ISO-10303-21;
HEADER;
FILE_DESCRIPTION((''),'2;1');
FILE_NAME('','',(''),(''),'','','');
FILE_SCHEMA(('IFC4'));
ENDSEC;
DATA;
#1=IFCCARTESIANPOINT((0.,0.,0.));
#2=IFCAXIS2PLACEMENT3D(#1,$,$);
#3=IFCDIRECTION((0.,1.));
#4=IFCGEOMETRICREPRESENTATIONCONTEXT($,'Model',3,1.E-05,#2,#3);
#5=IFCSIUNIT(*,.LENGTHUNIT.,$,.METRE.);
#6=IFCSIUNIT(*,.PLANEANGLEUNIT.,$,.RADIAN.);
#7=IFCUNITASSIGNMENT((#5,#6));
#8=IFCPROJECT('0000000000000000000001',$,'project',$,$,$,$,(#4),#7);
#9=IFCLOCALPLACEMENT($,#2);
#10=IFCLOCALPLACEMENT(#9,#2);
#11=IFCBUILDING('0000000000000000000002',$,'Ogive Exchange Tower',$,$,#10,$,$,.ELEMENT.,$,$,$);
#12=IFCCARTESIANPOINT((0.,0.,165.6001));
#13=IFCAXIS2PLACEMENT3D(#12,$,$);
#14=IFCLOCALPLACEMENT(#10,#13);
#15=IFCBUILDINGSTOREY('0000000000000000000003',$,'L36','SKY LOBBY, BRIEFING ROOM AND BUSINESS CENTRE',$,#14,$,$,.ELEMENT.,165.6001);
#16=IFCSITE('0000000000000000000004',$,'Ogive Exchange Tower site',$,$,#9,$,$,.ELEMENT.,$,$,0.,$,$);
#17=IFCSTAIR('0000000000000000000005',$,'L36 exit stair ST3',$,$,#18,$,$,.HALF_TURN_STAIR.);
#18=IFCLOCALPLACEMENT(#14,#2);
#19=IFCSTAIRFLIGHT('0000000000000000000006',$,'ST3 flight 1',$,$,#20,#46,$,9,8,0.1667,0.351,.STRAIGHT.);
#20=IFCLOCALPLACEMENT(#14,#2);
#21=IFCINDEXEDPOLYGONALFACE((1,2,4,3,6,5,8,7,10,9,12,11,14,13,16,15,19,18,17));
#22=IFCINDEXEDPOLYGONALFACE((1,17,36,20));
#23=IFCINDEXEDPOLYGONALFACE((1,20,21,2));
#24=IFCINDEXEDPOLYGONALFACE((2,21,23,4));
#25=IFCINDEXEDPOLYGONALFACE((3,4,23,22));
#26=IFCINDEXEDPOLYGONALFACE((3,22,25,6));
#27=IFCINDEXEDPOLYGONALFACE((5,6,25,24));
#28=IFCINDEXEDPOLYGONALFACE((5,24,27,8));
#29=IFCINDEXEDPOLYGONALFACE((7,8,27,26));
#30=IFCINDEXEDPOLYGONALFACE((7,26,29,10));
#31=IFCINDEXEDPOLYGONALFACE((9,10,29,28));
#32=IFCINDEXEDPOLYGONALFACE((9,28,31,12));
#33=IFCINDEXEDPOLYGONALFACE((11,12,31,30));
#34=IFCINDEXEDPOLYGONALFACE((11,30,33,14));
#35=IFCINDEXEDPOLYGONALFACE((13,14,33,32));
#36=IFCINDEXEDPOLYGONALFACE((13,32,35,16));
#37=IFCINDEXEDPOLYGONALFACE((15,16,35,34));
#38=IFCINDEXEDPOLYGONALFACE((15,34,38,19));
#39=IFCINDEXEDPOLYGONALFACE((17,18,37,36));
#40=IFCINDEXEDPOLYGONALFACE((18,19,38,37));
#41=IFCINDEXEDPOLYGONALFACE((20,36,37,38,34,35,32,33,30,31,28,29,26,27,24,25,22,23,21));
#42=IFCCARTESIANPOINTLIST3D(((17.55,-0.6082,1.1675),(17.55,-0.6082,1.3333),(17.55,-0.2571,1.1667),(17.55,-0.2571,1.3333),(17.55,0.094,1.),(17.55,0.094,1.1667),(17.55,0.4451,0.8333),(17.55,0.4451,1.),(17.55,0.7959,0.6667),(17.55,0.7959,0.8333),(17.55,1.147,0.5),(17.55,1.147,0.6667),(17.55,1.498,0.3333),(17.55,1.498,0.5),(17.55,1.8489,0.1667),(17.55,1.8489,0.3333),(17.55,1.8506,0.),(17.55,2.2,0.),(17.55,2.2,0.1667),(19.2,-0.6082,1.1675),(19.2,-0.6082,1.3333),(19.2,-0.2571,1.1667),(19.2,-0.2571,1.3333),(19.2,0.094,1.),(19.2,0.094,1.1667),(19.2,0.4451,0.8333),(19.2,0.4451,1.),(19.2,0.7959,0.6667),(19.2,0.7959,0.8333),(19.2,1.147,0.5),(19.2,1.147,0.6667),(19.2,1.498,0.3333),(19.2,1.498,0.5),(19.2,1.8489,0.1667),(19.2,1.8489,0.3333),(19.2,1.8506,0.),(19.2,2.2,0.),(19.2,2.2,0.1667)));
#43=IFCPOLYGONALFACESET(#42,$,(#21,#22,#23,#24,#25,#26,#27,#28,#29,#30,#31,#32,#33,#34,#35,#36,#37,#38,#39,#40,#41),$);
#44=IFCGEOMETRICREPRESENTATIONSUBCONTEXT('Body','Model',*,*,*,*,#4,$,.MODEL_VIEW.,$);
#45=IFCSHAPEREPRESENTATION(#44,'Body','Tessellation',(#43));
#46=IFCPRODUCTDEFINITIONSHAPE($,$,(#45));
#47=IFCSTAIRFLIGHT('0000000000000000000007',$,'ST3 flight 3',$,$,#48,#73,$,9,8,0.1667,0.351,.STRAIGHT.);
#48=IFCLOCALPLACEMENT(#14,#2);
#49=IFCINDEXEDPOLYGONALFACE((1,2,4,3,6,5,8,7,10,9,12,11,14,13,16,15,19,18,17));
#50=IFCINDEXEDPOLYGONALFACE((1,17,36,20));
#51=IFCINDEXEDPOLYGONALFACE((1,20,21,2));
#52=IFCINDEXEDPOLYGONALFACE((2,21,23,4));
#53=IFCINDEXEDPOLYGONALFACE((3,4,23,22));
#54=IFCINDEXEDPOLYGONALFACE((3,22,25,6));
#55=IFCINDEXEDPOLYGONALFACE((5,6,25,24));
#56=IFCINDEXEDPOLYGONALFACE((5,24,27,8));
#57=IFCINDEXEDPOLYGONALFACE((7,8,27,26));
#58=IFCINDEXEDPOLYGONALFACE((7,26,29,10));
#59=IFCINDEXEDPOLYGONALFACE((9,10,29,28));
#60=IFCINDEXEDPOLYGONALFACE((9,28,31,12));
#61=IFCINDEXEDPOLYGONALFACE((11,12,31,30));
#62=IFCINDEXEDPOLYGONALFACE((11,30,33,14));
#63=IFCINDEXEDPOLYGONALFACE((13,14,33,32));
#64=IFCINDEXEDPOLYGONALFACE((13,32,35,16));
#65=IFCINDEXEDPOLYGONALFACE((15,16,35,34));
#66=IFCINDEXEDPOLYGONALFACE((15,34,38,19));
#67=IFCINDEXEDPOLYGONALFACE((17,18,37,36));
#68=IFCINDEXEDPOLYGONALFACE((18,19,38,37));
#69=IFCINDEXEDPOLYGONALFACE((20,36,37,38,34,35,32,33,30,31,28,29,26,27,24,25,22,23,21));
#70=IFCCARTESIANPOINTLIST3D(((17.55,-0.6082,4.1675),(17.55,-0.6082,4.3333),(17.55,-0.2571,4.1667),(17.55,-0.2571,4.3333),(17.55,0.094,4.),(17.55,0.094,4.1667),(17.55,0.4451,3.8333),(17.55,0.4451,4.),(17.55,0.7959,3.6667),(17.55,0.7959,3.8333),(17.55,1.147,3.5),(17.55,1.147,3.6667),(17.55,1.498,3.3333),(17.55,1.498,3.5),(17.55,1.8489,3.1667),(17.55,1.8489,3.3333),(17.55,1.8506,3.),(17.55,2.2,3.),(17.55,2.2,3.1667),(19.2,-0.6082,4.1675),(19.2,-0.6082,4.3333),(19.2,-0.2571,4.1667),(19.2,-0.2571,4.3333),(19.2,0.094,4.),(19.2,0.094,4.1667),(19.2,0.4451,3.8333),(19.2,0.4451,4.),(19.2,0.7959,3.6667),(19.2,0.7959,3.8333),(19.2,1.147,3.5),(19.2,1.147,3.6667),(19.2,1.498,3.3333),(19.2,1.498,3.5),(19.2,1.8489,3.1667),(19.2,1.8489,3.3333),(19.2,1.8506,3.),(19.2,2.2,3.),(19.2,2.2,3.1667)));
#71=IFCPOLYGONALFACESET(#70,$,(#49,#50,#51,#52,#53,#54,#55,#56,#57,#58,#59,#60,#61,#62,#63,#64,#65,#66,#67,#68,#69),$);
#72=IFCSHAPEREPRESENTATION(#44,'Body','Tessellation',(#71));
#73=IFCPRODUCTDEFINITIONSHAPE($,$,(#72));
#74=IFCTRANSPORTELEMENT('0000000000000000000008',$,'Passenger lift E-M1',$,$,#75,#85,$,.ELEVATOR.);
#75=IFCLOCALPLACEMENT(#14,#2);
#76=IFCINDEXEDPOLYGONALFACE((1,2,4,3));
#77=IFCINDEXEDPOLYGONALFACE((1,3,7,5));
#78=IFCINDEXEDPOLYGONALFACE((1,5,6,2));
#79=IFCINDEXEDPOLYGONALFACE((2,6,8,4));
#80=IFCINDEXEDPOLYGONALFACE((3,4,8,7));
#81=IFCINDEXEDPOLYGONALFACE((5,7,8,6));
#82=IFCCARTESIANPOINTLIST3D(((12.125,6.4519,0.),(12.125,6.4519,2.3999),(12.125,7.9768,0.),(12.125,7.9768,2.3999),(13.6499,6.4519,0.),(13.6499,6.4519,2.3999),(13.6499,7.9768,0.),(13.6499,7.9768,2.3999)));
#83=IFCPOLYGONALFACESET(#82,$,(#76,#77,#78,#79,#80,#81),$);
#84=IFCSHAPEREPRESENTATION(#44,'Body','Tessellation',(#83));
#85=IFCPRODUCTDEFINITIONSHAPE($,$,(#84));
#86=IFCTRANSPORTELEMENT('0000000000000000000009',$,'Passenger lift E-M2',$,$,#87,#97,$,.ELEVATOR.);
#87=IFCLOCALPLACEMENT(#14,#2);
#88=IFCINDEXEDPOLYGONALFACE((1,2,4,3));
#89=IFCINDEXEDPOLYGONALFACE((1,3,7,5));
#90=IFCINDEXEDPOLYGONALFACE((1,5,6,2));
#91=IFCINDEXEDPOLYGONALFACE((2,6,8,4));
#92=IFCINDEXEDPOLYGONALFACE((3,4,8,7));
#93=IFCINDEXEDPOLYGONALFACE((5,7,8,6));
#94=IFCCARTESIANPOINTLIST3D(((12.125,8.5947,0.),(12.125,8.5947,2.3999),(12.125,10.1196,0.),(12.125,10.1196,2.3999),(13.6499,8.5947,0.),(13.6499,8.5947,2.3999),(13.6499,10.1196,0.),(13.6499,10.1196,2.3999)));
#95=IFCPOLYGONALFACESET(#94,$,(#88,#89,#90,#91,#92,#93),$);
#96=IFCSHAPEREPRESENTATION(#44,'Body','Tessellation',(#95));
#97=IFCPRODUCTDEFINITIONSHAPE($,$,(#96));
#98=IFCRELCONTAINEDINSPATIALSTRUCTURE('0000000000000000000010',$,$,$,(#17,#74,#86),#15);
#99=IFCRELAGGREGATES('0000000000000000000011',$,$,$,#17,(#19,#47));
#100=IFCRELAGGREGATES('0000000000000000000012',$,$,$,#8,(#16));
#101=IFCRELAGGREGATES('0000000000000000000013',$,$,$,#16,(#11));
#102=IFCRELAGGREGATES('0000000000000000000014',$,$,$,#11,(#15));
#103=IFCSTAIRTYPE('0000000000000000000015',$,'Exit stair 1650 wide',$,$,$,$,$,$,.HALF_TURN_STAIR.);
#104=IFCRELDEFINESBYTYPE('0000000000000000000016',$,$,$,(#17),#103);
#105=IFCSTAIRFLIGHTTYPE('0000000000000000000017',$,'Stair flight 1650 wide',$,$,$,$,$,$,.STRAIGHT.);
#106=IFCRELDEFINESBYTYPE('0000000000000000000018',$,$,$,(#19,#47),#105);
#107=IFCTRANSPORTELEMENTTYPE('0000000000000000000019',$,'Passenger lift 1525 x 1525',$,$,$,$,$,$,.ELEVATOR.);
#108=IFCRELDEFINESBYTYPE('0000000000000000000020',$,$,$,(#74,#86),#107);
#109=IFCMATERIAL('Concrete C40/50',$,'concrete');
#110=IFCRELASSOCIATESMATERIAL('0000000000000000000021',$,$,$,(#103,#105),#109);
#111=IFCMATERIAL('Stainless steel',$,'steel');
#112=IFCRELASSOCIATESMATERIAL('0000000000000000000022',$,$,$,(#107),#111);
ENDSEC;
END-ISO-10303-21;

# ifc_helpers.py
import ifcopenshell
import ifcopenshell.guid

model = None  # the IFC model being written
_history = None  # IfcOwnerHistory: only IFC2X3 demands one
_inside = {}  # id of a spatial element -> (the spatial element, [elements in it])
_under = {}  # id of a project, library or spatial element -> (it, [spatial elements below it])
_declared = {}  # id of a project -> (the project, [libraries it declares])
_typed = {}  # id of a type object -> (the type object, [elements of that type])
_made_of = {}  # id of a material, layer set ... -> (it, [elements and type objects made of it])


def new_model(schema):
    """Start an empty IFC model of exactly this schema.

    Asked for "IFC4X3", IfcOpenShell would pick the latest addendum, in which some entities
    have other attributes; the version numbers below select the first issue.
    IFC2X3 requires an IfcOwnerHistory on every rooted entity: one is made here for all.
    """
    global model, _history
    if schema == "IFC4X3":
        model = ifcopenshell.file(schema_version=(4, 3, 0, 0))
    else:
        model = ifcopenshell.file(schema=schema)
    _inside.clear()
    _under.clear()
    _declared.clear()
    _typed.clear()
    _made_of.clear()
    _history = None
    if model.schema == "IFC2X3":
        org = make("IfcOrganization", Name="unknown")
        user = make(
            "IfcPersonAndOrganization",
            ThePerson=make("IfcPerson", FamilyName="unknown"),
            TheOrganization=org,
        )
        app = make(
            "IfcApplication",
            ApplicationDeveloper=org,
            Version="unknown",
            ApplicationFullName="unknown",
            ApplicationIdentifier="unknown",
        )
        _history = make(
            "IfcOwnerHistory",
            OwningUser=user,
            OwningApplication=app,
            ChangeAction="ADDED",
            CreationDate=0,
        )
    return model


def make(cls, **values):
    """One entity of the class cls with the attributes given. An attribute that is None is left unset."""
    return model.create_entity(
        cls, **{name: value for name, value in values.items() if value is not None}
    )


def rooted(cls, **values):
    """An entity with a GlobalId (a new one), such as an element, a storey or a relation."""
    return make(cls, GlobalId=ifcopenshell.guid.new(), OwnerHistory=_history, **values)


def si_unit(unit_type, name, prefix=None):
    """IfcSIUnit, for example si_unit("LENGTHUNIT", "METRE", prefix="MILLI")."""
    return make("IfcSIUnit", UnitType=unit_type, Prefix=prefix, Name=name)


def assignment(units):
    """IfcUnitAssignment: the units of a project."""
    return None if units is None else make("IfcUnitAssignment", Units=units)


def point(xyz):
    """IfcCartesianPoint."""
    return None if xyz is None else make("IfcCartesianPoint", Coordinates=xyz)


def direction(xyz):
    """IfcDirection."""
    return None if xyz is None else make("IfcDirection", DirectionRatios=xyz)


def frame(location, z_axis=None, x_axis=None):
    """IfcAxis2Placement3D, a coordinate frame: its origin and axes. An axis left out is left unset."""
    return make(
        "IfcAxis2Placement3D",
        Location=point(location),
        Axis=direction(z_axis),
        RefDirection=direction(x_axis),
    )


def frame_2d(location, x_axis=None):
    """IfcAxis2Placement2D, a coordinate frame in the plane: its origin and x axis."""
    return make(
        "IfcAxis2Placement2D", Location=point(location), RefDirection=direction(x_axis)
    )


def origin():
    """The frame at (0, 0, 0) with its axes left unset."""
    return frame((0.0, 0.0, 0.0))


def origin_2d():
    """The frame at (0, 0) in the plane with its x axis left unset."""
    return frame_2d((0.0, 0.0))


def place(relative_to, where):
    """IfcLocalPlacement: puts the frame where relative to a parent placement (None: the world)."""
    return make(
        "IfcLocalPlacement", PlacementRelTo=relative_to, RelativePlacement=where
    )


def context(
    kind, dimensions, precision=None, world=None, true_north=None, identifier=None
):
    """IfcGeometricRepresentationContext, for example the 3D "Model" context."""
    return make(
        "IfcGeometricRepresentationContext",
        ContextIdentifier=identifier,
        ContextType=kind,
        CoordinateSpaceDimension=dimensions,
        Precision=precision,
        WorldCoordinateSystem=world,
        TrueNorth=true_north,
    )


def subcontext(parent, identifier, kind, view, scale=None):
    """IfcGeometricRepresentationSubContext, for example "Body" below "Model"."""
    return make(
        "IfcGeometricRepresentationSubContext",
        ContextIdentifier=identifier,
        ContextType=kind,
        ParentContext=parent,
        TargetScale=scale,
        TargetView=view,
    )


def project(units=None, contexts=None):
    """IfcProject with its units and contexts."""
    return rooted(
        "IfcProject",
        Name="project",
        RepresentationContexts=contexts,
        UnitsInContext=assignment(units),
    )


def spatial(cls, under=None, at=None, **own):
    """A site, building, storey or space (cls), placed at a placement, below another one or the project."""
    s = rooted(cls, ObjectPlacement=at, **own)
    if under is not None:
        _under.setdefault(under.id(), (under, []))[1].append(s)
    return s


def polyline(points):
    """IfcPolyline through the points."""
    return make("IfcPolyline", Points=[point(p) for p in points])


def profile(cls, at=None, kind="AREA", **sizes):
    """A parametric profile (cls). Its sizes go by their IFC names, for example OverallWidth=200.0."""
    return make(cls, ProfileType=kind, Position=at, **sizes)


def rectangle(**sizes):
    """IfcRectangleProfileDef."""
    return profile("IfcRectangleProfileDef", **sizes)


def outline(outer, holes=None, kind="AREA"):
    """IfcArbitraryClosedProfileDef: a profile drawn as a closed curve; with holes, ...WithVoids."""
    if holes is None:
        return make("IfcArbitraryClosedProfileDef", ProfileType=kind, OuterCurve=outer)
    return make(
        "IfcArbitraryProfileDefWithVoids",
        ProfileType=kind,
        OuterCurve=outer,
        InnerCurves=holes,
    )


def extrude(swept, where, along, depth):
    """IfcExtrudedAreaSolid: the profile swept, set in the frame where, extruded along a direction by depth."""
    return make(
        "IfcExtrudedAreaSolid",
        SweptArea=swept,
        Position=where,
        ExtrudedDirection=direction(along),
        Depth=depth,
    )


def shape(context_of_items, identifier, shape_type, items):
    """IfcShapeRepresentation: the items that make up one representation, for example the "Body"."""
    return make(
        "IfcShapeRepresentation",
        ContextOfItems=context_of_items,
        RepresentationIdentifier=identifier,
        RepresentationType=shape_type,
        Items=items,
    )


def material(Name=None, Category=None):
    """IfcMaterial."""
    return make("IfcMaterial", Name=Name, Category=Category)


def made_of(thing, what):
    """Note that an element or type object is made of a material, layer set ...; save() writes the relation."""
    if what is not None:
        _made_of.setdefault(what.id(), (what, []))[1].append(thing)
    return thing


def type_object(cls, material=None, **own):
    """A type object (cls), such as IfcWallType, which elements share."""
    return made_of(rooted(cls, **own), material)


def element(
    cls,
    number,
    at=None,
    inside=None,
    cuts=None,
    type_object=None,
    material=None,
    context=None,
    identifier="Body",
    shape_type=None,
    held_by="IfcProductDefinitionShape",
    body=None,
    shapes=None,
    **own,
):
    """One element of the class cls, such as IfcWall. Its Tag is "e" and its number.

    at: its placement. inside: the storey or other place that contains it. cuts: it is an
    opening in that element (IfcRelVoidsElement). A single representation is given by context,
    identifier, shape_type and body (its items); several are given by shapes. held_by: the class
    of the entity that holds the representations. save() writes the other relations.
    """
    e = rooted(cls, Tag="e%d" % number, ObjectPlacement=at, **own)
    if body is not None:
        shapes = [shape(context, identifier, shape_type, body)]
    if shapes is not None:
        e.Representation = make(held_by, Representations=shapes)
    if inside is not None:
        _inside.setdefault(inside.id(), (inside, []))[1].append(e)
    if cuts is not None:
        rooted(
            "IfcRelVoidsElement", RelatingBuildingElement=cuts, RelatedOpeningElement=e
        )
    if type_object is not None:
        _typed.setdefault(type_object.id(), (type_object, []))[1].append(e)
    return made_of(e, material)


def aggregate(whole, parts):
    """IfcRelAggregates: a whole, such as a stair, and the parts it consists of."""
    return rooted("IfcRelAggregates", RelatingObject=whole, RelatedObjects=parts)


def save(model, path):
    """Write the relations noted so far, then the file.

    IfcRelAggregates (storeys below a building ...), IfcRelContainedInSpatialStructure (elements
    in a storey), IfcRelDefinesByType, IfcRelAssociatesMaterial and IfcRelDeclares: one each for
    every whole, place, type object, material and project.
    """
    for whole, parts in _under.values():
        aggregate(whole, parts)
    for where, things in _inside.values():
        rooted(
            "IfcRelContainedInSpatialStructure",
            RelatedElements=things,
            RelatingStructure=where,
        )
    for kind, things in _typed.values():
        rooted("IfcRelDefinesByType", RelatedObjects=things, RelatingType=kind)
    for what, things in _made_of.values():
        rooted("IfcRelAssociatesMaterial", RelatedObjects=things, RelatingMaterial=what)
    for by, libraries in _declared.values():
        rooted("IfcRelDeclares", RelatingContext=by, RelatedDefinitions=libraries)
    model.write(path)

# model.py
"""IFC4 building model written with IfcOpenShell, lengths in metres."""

from ifc_helpers import new_model, si_unit, direction, frame, origin, origin_2d, place, context, subcontext, project, spatial, polyline, rectangle, outline, extrude, material, type_object, element, aggregate, save


model = new_model("IFC4")

# Units and contexts
model_context = context("Model", 3, precision=1e-05, world=origin(), true_north=direction((0.0, 1.0)))
body_context = subcontext(model_context, "Body", "Model", "MODEL_VIEW")
ifc_project = project(units=[si_unit("LENGTHUNIT", "METRE"), si_unit("PLANEANGLEUNIT", "RADIAN")], contexts=[model_context])

# Site, building, storey
site_placement = place(None, origin())
site = spatial("IfcSite", under=ifc_project, at=site_placement, Name="Ogive Exchange Tower site", CompositionType="ELEMENT", RefElevation=0.0)
building_placement = place(site_placement, origin())
building = spatial("IfcBuilding", under=site, at=building_placement, Name="Ogive Exchange Tower", CompositionType="ELEMENT")
storey_placement = place(building_placement, frame((0.0, 0.0, 165.6001)))
storey = spatial("IfcBuildingStorey", under=building, at=storey_placement, Name="L36", Description="SKY LOBBY, BRIEFING ROOM AND BUSINESS CENTRE", CompositionType="ELEMENT", Elevation=165.6001)

# Shared definitions
ifc_material_1 = material(Name="Stainless steel", Category="steel")

# Stair, stair flights
ifc_material_2 = material(Name="Concrete C40/50", Category="concrete")
stair_type = type_object("IfcStairType", Name="Exit stair 1650 wide", PredefinedType="HALF_TURN_STAIR", material=ifc_material_2)
stair_placement = place(storey_placement, origin())
stair = element("IfcStair", 1, at=stair_placement, inside=storey, type_object=stair_type, Name="L36 exit stair ST3", PredefinedType="HALF_TURN_STAIR")
stair_flight_type = type_object("IfcStairFlightType", Name="Stair flight 1650 wide", PredefinedType="STRAIGHT", material=ifc_material_2)
stair_flight_1_placement = place(storey_placement, frame((18.375, 2.2, 0.0), z_axis=(0.0, 0.0, 1.0), x_axis=(0.0, -1.0, 0.0)))
stair_flight_1 = element("IfcStairFlight", 2, at=stair_flight_1_placement, type_object=stair_flight_type, Name="ST3 flight 1", NumberOfRisers=9, NumberOfTreads=8, PredefinedType="STRAIGHT", RiserHeight=0.1667, TreadLength=0.351, context=body_context, shape_type="SweptSolid", body=[
    extrude(outline(polyline([(0.0, 0.0), (0.0, 0.1667), (0.3511, 0.1667), (0.3511, 0.3333), (0.7019, 0.3333), (0.7019, 0.5), (1.053, 0.5), (1.053, 0.6667), (1.4041, 0.6667), (1.4041, 0.8333), (1.7549, 0.8333), (1.7549, 1.0), (2.106, 1.0), (2.106, 1.1667), (2.457, 1.1667), (2.457, 1.3333), (2.8081, 1.3333), (2.8081, 1.5), (2.8081, 1.1675), (0.3494, 0.0), (0.0, 0.0)])), frame((0.0, 0.825, 0.0), z_axis=(0.0, -1.0, 0.0), x_axis=(1.0, 0.0, 0.0)), (0.0, 0.0, 1.0), 1.6499),
])
stair_flight_2_placement = place(storey_placement, frame((18.375, 2.2, 3.0), z_axis=(0.0, 0.0, 1.0), x_axis=(0.0, -1.0, 0.0)))
stair_flight_2 = element("IfcStairFlight", 3, at=stair_flight_2_placement, type_object=stair_flight_type, Name="ST3 flight 3", NumberOfRisers=9, NumberOfTreads=8, PredefinedType="STRAIGHT", RiserHeight=0.1667, TreadLength=0.351, context=body_context, shape_type="SweptSolid", body=[
    extrude(outline(polyline([(0.0, 0.0), (0.0, 0.1667), (0.3511, 0.1667), (0.3511, 0.3333), (0.7019, 0.3333), (0.7019, 0.5), (1.053, 0.5), (1.053, 0.6667), (1.4041, 0.6667), (1.4041, 0.8333), (1.7549, 0.8333), (1.7549, 1.0), (2.106, 1.0), (2.106, 1.1667), (2.457, 1.1667), (2.457, 1.3333), (2.8081, 1.3333), (2.8081, 1.5), (2.8081, 1.1675), (0.3494, 0.0), (0.0, 0.0)])), frame((0.0, 0.825, 0.0), z_axis=(0.0, -1.0, 0.0), x_axis=(1.0, 0.0, 0.0)), (0.0, 0.0, 1.0), 1.6499),
])
aggregate(stair, [stair_flight_1, stair_flight_2])

# Transport elements
transport_element_type = type_object("IfcTransportElementType", Name="Passenger lift 1525 x 1525", PredefinedType="ELEVATOR", material=ifc_material_1)
for number, where, z_axis, x_axis, name in (
    (4, (12.8875, 7.2144, 0.0), (0.0, 0.0, 1.0), (1.0, 0.0, 0.0), "Passenger lift E-M1"),
    (5, (12.8875, 9.3572, 0.0), (0.0, 0.0, 1.0), (1.0, 0.0, 0.0), "Passenger lift E-M2"),
):
    element("IfcTransportElement", number, at=place(storey_placement, frame(where, z_axis=z_axis, x_axis=x_axis)), inside=storey, type_object=transport_element_type, Name=name, PredefinedType="ELEVATOR", context=body_context, shape_type="SweptSolid", body=[
        extrude(rectangle(XDim=1.5249, YDim=1.5249, at=origin_2d()), origin(), (0.0, 0.0, 1.0), 2.3999),
    ])

save(model, "model.ifc")
